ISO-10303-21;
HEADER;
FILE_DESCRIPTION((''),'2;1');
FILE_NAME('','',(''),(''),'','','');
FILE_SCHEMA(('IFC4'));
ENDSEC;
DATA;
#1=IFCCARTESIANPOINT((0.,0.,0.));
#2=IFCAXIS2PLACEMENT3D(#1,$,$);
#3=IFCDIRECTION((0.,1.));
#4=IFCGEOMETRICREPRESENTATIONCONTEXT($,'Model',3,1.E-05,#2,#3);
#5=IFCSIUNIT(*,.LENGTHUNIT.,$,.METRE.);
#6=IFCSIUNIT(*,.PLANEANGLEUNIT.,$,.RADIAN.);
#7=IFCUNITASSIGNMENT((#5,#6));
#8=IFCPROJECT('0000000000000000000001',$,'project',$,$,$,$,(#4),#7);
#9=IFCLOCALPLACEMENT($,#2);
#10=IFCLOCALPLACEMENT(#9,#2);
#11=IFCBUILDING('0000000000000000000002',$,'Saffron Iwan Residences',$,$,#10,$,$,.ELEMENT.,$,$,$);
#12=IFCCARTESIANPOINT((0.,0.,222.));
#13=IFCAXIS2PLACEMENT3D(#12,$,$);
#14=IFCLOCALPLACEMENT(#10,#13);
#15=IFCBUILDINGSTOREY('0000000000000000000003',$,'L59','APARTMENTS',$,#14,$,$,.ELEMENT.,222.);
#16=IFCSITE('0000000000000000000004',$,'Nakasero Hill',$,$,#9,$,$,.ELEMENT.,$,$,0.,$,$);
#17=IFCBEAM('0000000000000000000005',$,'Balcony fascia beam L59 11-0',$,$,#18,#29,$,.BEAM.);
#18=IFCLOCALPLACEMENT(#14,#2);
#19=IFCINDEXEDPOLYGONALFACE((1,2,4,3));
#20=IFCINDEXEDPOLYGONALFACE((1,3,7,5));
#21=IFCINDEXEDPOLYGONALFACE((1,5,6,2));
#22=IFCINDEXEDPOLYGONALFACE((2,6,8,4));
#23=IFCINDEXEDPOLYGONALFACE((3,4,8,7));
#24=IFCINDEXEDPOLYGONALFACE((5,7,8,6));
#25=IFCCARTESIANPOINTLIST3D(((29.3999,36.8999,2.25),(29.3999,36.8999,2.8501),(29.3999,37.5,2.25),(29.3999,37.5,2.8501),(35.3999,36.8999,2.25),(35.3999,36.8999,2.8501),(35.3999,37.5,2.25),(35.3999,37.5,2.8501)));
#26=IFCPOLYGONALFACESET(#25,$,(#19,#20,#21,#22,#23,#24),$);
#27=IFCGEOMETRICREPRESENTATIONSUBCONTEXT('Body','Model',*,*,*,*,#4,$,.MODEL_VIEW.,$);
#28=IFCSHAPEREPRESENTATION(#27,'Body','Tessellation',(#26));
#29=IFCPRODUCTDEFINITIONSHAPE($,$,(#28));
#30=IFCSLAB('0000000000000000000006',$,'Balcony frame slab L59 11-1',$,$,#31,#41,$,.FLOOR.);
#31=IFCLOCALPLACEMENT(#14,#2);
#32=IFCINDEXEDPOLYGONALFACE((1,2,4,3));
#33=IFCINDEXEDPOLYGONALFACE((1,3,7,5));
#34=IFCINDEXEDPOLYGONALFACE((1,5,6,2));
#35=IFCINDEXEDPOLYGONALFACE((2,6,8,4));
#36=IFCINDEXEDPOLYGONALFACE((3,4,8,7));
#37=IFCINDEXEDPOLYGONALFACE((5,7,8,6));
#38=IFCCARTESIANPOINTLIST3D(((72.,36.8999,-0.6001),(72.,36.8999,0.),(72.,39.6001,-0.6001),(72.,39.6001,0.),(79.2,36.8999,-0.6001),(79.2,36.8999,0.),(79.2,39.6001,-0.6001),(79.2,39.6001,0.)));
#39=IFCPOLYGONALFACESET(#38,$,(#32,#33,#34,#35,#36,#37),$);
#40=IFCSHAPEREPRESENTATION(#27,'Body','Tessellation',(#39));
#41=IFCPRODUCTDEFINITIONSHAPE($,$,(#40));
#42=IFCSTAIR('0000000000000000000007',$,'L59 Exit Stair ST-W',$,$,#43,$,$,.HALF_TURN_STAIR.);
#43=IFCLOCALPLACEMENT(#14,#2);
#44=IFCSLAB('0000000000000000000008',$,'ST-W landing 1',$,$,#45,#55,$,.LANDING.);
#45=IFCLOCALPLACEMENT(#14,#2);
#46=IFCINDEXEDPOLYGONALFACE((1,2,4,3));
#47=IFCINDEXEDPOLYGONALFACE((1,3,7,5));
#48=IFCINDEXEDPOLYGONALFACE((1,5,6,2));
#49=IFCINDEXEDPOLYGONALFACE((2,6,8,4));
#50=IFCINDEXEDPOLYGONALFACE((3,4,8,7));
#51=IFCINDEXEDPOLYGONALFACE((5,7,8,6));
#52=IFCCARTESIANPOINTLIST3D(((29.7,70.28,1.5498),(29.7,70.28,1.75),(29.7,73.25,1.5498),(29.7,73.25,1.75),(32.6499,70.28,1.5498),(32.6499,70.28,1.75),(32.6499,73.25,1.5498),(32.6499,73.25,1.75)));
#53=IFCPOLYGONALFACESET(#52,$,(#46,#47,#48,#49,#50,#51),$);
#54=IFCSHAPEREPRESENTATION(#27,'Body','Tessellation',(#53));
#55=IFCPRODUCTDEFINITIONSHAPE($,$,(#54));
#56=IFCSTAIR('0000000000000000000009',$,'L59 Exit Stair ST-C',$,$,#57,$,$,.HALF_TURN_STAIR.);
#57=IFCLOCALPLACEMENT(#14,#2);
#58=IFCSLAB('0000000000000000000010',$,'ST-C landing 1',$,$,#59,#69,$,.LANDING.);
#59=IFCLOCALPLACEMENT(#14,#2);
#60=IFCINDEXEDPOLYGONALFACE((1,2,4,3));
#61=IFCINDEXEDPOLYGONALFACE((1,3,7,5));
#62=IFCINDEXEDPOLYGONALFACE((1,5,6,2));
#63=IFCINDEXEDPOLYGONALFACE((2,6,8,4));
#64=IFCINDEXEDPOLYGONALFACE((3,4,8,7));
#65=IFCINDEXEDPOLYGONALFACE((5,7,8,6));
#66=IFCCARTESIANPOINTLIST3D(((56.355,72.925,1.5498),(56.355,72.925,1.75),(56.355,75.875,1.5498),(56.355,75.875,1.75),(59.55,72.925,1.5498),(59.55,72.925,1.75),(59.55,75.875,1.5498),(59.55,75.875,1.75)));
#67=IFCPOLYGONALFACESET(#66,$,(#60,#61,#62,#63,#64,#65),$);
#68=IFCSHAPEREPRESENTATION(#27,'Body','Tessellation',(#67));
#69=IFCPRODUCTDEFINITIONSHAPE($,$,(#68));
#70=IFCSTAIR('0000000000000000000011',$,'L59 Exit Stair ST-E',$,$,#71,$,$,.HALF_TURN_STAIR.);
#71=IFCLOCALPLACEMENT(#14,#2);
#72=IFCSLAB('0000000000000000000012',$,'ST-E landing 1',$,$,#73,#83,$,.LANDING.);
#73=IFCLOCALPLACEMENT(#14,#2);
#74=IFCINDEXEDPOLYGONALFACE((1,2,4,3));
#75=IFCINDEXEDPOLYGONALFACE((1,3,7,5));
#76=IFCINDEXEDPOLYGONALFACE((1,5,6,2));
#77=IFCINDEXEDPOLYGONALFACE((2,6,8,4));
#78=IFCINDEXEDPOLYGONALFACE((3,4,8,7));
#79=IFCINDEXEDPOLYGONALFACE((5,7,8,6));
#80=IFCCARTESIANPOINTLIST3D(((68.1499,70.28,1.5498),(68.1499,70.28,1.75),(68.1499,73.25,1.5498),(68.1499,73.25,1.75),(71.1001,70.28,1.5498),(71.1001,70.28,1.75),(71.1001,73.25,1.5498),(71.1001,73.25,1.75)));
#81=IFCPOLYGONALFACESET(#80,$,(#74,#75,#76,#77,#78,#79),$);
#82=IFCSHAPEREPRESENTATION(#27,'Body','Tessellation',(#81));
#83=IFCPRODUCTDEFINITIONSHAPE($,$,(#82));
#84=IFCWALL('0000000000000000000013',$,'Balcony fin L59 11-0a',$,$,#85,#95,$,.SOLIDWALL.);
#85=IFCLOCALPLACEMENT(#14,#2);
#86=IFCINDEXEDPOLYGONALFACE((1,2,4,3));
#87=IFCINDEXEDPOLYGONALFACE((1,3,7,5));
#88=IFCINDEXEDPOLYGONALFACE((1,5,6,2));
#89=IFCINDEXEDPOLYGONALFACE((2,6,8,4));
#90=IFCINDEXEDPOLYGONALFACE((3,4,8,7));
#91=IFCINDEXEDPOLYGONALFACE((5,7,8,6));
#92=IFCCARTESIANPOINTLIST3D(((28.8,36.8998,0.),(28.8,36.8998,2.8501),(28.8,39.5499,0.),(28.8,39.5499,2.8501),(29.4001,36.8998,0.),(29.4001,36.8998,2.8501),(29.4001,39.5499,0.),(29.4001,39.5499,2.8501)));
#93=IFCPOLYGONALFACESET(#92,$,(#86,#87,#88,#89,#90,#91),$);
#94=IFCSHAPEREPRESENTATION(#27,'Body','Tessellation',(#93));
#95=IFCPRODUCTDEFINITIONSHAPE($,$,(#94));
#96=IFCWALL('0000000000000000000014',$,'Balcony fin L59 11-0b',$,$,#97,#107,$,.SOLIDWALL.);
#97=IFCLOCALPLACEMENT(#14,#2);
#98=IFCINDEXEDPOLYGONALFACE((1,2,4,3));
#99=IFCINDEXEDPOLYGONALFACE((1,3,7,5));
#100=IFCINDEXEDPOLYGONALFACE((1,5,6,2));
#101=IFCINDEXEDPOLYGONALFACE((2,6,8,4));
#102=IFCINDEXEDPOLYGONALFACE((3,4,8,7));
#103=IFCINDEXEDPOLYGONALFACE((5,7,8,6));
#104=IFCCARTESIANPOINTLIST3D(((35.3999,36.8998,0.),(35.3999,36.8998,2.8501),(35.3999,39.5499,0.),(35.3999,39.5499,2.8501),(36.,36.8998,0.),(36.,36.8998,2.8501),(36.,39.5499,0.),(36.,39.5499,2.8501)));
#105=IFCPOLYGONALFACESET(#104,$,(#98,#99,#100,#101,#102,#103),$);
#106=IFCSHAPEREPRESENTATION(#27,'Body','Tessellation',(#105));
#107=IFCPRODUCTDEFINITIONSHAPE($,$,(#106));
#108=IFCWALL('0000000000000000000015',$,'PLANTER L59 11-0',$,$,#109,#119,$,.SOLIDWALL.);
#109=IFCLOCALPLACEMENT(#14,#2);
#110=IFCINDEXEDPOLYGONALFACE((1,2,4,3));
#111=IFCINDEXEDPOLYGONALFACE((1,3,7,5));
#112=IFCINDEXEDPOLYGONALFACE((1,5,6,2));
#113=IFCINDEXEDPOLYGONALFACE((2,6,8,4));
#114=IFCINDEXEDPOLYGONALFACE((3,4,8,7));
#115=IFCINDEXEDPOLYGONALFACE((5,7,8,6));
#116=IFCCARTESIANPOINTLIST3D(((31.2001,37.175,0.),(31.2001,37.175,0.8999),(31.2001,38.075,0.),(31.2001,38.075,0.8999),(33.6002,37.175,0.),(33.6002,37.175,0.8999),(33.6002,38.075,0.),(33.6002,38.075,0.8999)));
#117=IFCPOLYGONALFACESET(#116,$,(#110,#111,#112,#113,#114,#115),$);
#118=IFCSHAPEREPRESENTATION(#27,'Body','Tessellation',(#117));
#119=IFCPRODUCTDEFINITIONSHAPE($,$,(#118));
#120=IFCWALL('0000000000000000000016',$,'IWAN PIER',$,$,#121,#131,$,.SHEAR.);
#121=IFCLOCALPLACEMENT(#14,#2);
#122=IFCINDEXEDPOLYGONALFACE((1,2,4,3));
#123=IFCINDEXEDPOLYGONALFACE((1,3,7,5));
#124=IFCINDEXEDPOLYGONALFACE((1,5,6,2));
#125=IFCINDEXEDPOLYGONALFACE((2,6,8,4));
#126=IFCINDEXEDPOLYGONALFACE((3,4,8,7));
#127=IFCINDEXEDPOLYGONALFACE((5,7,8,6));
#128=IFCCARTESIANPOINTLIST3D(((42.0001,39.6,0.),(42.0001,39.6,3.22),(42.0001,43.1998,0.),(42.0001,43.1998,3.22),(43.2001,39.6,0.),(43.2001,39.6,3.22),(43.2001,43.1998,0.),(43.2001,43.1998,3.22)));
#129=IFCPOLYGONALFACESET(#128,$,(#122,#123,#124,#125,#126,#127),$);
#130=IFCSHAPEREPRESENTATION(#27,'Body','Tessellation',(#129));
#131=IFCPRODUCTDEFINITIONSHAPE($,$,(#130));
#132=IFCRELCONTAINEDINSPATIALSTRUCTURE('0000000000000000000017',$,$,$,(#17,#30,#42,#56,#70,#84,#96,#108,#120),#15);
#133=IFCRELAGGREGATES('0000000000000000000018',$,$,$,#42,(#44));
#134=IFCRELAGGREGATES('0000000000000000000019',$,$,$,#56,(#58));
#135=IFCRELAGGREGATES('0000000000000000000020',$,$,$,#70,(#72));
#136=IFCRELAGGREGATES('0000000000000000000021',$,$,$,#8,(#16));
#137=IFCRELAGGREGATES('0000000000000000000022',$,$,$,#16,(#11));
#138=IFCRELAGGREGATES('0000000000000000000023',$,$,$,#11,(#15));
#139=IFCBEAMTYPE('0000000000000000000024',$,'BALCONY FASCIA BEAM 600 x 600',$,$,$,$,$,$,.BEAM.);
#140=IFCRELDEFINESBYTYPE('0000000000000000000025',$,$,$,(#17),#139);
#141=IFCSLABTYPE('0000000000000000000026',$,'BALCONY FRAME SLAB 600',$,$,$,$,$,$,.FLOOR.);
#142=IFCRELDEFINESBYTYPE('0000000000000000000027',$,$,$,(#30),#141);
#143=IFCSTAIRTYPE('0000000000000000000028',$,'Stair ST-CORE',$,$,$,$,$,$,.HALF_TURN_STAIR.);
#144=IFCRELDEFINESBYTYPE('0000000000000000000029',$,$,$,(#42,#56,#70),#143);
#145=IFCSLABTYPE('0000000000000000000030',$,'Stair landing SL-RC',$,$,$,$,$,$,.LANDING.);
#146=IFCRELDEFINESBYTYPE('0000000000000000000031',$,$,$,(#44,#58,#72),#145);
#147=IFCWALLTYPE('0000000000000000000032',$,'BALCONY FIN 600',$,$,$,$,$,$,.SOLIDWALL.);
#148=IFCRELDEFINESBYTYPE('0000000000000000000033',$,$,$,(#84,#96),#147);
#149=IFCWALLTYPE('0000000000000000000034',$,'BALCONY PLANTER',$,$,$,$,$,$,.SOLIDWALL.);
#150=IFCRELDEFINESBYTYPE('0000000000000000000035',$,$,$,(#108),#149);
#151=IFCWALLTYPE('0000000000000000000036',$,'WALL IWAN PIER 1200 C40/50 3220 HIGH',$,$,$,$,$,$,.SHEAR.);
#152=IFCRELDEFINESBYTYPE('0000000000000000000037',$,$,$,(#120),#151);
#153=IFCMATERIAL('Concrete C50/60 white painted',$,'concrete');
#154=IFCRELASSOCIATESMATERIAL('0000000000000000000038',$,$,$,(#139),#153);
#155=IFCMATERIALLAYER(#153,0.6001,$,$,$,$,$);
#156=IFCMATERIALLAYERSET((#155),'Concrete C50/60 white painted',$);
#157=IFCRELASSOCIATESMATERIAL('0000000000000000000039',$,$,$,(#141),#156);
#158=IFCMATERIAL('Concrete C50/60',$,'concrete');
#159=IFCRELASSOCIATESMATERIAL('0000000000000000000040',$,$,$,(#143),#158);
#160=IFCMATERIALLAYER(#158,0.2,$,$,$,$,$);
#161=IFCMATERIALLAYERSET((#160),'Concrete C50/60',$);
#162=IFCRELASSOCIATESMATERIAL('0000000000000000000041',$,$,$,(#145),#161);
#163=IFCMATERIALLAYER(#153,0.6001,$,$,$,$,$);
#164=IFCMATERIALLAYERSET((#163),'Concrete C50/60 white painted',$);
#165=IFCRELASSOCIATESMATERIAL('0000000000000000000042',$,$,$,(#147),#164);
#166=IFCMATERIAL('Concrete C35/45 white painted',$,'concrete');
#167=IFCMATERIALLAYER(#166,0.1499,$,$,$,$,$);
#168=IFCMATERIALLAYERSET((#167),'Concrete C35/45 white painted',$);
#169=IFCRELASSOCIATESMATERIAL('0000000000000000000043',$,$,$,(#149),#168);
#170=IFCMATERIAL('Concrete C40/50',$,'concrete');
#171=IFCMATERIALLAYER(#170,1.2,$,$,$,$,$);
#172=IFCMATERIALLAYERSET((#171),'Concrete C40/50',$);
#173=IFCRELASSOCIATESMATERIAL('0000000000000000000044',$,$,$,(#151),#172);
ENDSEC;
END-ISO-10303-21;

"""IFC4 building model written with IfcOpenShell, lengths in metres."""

from ifc_helpers import new_model, si_unit, direction, frame, frame_2d, origin, origin_2d, place, context, subcontext, project, spatial, polyline, rectangle, outline, extrude, source, transform, mapped, material, layer, layer_set, material_profile, profile_set, type_object, element, aggregate, save


model = new_model("IFC4")

# Units and contexts
model_context = context("Model", 3, precision=1e-05, world=origin(), true_north=direction((0.0, 1.0)))
body_context = subcontext(model_context, "Body", "Model", "MODEL_VIEW")
ifc_project = project(units=[si_unit("LENGTHUNIT", "METRE"), si_unit("PLANEANGLEUNIT", "RADIAN")], contexts=[model_context])

# Site, building, storey
site_placement = place(None, origin())
site = spatial("IfcSite", under=ifc_project, at=site_placement, Name="Nakasero Hill", CompositionType="ELEMENT", RefElevation=0.0)
building_placement = place(site_placement, origin())
building = spatial("IfcBuilding", under=site, at=building_placement, Name="Saffron Iwan Residences", CompositionType="ELEMENT")
storey_placement = place(building_placement, frame((0.0, 0.0, 222.0)))
storey = spatial("IfcBuildingStorey", under=building, at=storey_placement, Name="L59", Description="APARTMENTS", CompositionType="ELEMENT", Elevation=222.0)

# Beam
ifc_material_1 = material(Name="Concrete C50/60 white painted", Category="concrete")
ifc_material_profile = material_profile(ifc_material_1, rectangle(XDim=0.6001, YDim=0.6001, at=origin_2d()), Name="BALCONY FASCIA BEAM 600 x 600")
ifc_profile_set = profile_set([ifc_material_profile], Name="Concrete C50/60 white painted")
beam_type = type_object("IfcBeamType", Name="BALCONY FASCIA BEAM 600 x 600", PredefinedType="BEAM", material=ifc_profile_set)
shared_shape = source(origin(), body_context, "Body", "SweptSolid", [
    extrude(rectangle(XDim=0.6001, YDim=0.6001, at=origin_2d()), origin(), (0.0, 0.0, 1.0), 6.0),
])
beam_placement = place(storey_placement, frame((29.3999, 37.2, 2.55), z_axis=(1.0, 0.0, 0.0), x_axis=(0.0, 1.0, 0.0)))
element("IfcBeam", 1, at=beam_placement, inside=storey, type_object=beam_type, Name="Balcony fascia beam L59 11-0", PredefinedType="BEAM", context=body_context, shape_type="MappedRepresentation", body=[
    mapped(shared_shape, transform((0.0, 0.0, 0.0))),
])

# Slab
ifc_layer_1 = layer(ifc_material_1, 0.6001)
ifc_layer_set_1 = layer_set([ifc_layer_1], Name="Concrete C50/60 white painted")
slab_type_1 = type_object("IfcSlabType", Name="BALCONY FRAME SLAB 600", PredefinedType="FLOOR", material=ifc_layer_set_1)
slab_1_placement = place(storey_placement, frame((0.0, 0.0, -0.6001)))
element("IfcSlab", 2, at=slab_1_placement, inside=storey, type_object=slab_type_1, Name="Balcony frame slab L59 11-1", PredefinedType="FLOOR", context=body_context, shape_type="SweptSolid", body=[
    extrude(outline(polyline([(72.0, 36.8999), (79.2, 36.8999), (79.2, 39.6001), (72.0, 39.6001), (72.0, 36.8999)])), origin(), (0.0, 0.0, 1.0), 0.6001),
])

# Stairs, slabs
ifc_material_2 = material(Name="Concrete C50/60", Category="concrete")
stair_type = type_object("IfcStairType", Name="Stair ST-CORE", PredefinedType="HALF_TURN_STAIR", material=ifc_material_2)
stair_1_placement = place(storey_placement, origin())
stair_1 = element("IfcStair", 3, at=stair_1_placement, inside=storey, type_object=stair_type, Name="L59 Exit Stair ST-W", PredefinedType="HALF_TURN_STAIR")
ifc_layer_2 = layer(ifc_material_2, 0.2)
ifc_layer_set_2 = layer_set([ifc_layer_2], Name="Concrete C50/60")
slab_type_2 = type_object("IfcSlabType", Name="Stair landing SL-RC", PredefinedType="LANDING", material=ifc_layer_set_2)
slab_2_placement = place(storey_placement, frame((0.0, 0.0, 1.5498)))
slab_2 = element("IfcSlab", 4, at=slab_2_placement, type_object=slab_type_2, Name="ST-W landing 1", PredefinedType="LANDING", context=body_context, shape_type="SweptSolid", body=[
    extrude(outline(polyline([(32.6499, 70.28), (32.6499, 73.25), (29.7, 73.25), (29.7, 70.28), (32.6499, 70.28)])), origin(), (0.0, 0.0, 1.0), 0.2002),
])
aggregate(stair_1, [slab_2])
stair_2_placement = place(storey_placement, origin())
stair_2 = element("IfcStair", 5, at=stair_2_placement, inside=storey, type_object=stair_type, Name="L59 Exit Stair ST-C", PredefinedType="HALF_TURN_STAIR")
slab_3_placement = place(storey_placement, frame((0.0, 0.0, 1.5498)))
slab_3 = element("IfcSlab", 6, at=slab_3_placement, type_object=slab_type_2, Name="ST-C landing 1", PredefinedType="LANDING", context=body_context, shape_type="SweptSolid", body=[
    extrude(outline(polyline([(56.355, 72.925), (59.55, 72.925), (59.55, 75.875), (56.355, 75.875), (56.355, 72.925)])), origin(), (0.0, 0.0, 1.0), 0.2002),
])
aggregate(stair_2, [slab_3])
stair_3_placement = place(storey_placement, origin())
stair_3 = element("IfcStair", 7, at=stair_3_placement, inside=storey, type_object=stair_type, Name="L59 Exit Stair ST-E", PredefinedType="HALF_TURN_STAIR")
slab_4_placement = place(storey_placement, frame((0.0, 0.0, 1.5498)))
slab_4 = element("IfcSlab", 8, at=slab_4_placement, type_object=slab_type_2, Name="ST-E landing 1", PredefinedType="LANDING", context=body_context, shape_type="SweptSolid", body=[
    extrude(outline(polyline([(71.1001, 70.28), (71.1001, 73.25), (68.1499, 73.25), (68.1499, 70.28), (71.1001, 70.28)])), origin(), (0.0, 0.0, 1.0), 0.2002),
])
aggregate(stair_3, [slab_4])

# Walls
ifc_layer_3 = layer(ifc_material_1, 0.6001)
ifc_layer_set_3 = layer_set([ifc_layer_3], Name="Concrete C50/60 white painted")
wall_type_1 = type_object("IfcWallType", Name="BALCONY FIN 600", PredefinedType="SOLIDWALL", material=ifc_layer_set_3)
for number, where, z_axis, x_axis, name in (
    (9, (29.1001, 39.55, 0.0), (0.0, 0.0, 1.0), (0.0, -1.0, 0.0), "Balcony fin L59 11-0a"),
    (10, (35.7, 39.55, 0.0), (0.0, 0.0, 1.0), (0.0, -1.0, 0.0), "Balcony fin L59 11-0b"),
):
    element("IfcWall", number, at=place(storey_placement, frame(where, z_axis=z_axis, x_axis=x_axis)), inside=storey, type_object=wall_type_1, Name=name, PredefinedType="SOLIDWALL", context=body_context, shape_type="SweptSolid", body=[
        extrude(rectangle(XDim=2.6501, YDim=0.6001, at=frame_2d((1.3252, 0.0))), origin(), (0.0, 0.0, 1.0), 2.8501),
    ])
ifc_material_3 = material(Name="Concrete C35/45 white painted", Category="concrete")
ifc_layer_4 = layer(ifc_material_3, 0.1499)
ifc_layer_set_4 = layer_set([ifc_layer_4], Name="Concrete C35/45 white painted")
wall_type_2 = type_object("IfcWallType", Name="BALCONY PLANTER", PredefinedType="SOLIDWALL", material=ifc_layer_set_4)
wall_1_placement = place(storey_placement, frame((31.2, 37.625, 0.0), z_axis=(0.0, 0.0, 1.0), x_axis=(1.0, 0.0, 0.0)))
element("IfcWall", 11, at=wall_1_placement, inside=storey, type_object=wall_type_2, Name="PLANTER L59 11-0", PredefinedType="SOLIDWALL", context=body_context, shape_type="SweptSolid", body=[
    extrude(rectangle(XDim=2.4001, YDim=0.8999, at=frame_2d((1.2002, 0.0))), origin(), (0.0, 0.0, 1.0), 0.8999),
])
ifc_material_4 = material(Name="Concrete C40/50", Category="concrete")
ifc_layer_5 = layer(ifc_material_4, 1.2)
ifc_layer_set_5 = layer_set([ifc_layer_5], Name="Concrete C40/50")
wall_type_3 = type_object("IfcWallType", Name="WALL IWAN PIER 1200 C40/50 3220 HIGH", PredefinedType="SHEAR", material=ifc_layer_set_5)
wall_2_placement = place(storey_placement, frame((42.6001, 39.6001, 0.0), z_axis=(0.0, 0.0, 1.0), x_axis=(0.0, 1.0, 0.0)))
element("IfcWall", 12, at=wall_2_placement, inside=storey, type_object=wall_type_3, Name="IWAN PIER", PredefinedType="SHEAR", context=body_context, shape_type="SweptSolid", body=[
    extrude(rectangle(XDim=3.5999, YDim=1.2, at=frame_2d((1.7998, 0.0))), origin(), (0.0, 0.0, 1.0), 3.22),
])

save(model, "model.ifc")
